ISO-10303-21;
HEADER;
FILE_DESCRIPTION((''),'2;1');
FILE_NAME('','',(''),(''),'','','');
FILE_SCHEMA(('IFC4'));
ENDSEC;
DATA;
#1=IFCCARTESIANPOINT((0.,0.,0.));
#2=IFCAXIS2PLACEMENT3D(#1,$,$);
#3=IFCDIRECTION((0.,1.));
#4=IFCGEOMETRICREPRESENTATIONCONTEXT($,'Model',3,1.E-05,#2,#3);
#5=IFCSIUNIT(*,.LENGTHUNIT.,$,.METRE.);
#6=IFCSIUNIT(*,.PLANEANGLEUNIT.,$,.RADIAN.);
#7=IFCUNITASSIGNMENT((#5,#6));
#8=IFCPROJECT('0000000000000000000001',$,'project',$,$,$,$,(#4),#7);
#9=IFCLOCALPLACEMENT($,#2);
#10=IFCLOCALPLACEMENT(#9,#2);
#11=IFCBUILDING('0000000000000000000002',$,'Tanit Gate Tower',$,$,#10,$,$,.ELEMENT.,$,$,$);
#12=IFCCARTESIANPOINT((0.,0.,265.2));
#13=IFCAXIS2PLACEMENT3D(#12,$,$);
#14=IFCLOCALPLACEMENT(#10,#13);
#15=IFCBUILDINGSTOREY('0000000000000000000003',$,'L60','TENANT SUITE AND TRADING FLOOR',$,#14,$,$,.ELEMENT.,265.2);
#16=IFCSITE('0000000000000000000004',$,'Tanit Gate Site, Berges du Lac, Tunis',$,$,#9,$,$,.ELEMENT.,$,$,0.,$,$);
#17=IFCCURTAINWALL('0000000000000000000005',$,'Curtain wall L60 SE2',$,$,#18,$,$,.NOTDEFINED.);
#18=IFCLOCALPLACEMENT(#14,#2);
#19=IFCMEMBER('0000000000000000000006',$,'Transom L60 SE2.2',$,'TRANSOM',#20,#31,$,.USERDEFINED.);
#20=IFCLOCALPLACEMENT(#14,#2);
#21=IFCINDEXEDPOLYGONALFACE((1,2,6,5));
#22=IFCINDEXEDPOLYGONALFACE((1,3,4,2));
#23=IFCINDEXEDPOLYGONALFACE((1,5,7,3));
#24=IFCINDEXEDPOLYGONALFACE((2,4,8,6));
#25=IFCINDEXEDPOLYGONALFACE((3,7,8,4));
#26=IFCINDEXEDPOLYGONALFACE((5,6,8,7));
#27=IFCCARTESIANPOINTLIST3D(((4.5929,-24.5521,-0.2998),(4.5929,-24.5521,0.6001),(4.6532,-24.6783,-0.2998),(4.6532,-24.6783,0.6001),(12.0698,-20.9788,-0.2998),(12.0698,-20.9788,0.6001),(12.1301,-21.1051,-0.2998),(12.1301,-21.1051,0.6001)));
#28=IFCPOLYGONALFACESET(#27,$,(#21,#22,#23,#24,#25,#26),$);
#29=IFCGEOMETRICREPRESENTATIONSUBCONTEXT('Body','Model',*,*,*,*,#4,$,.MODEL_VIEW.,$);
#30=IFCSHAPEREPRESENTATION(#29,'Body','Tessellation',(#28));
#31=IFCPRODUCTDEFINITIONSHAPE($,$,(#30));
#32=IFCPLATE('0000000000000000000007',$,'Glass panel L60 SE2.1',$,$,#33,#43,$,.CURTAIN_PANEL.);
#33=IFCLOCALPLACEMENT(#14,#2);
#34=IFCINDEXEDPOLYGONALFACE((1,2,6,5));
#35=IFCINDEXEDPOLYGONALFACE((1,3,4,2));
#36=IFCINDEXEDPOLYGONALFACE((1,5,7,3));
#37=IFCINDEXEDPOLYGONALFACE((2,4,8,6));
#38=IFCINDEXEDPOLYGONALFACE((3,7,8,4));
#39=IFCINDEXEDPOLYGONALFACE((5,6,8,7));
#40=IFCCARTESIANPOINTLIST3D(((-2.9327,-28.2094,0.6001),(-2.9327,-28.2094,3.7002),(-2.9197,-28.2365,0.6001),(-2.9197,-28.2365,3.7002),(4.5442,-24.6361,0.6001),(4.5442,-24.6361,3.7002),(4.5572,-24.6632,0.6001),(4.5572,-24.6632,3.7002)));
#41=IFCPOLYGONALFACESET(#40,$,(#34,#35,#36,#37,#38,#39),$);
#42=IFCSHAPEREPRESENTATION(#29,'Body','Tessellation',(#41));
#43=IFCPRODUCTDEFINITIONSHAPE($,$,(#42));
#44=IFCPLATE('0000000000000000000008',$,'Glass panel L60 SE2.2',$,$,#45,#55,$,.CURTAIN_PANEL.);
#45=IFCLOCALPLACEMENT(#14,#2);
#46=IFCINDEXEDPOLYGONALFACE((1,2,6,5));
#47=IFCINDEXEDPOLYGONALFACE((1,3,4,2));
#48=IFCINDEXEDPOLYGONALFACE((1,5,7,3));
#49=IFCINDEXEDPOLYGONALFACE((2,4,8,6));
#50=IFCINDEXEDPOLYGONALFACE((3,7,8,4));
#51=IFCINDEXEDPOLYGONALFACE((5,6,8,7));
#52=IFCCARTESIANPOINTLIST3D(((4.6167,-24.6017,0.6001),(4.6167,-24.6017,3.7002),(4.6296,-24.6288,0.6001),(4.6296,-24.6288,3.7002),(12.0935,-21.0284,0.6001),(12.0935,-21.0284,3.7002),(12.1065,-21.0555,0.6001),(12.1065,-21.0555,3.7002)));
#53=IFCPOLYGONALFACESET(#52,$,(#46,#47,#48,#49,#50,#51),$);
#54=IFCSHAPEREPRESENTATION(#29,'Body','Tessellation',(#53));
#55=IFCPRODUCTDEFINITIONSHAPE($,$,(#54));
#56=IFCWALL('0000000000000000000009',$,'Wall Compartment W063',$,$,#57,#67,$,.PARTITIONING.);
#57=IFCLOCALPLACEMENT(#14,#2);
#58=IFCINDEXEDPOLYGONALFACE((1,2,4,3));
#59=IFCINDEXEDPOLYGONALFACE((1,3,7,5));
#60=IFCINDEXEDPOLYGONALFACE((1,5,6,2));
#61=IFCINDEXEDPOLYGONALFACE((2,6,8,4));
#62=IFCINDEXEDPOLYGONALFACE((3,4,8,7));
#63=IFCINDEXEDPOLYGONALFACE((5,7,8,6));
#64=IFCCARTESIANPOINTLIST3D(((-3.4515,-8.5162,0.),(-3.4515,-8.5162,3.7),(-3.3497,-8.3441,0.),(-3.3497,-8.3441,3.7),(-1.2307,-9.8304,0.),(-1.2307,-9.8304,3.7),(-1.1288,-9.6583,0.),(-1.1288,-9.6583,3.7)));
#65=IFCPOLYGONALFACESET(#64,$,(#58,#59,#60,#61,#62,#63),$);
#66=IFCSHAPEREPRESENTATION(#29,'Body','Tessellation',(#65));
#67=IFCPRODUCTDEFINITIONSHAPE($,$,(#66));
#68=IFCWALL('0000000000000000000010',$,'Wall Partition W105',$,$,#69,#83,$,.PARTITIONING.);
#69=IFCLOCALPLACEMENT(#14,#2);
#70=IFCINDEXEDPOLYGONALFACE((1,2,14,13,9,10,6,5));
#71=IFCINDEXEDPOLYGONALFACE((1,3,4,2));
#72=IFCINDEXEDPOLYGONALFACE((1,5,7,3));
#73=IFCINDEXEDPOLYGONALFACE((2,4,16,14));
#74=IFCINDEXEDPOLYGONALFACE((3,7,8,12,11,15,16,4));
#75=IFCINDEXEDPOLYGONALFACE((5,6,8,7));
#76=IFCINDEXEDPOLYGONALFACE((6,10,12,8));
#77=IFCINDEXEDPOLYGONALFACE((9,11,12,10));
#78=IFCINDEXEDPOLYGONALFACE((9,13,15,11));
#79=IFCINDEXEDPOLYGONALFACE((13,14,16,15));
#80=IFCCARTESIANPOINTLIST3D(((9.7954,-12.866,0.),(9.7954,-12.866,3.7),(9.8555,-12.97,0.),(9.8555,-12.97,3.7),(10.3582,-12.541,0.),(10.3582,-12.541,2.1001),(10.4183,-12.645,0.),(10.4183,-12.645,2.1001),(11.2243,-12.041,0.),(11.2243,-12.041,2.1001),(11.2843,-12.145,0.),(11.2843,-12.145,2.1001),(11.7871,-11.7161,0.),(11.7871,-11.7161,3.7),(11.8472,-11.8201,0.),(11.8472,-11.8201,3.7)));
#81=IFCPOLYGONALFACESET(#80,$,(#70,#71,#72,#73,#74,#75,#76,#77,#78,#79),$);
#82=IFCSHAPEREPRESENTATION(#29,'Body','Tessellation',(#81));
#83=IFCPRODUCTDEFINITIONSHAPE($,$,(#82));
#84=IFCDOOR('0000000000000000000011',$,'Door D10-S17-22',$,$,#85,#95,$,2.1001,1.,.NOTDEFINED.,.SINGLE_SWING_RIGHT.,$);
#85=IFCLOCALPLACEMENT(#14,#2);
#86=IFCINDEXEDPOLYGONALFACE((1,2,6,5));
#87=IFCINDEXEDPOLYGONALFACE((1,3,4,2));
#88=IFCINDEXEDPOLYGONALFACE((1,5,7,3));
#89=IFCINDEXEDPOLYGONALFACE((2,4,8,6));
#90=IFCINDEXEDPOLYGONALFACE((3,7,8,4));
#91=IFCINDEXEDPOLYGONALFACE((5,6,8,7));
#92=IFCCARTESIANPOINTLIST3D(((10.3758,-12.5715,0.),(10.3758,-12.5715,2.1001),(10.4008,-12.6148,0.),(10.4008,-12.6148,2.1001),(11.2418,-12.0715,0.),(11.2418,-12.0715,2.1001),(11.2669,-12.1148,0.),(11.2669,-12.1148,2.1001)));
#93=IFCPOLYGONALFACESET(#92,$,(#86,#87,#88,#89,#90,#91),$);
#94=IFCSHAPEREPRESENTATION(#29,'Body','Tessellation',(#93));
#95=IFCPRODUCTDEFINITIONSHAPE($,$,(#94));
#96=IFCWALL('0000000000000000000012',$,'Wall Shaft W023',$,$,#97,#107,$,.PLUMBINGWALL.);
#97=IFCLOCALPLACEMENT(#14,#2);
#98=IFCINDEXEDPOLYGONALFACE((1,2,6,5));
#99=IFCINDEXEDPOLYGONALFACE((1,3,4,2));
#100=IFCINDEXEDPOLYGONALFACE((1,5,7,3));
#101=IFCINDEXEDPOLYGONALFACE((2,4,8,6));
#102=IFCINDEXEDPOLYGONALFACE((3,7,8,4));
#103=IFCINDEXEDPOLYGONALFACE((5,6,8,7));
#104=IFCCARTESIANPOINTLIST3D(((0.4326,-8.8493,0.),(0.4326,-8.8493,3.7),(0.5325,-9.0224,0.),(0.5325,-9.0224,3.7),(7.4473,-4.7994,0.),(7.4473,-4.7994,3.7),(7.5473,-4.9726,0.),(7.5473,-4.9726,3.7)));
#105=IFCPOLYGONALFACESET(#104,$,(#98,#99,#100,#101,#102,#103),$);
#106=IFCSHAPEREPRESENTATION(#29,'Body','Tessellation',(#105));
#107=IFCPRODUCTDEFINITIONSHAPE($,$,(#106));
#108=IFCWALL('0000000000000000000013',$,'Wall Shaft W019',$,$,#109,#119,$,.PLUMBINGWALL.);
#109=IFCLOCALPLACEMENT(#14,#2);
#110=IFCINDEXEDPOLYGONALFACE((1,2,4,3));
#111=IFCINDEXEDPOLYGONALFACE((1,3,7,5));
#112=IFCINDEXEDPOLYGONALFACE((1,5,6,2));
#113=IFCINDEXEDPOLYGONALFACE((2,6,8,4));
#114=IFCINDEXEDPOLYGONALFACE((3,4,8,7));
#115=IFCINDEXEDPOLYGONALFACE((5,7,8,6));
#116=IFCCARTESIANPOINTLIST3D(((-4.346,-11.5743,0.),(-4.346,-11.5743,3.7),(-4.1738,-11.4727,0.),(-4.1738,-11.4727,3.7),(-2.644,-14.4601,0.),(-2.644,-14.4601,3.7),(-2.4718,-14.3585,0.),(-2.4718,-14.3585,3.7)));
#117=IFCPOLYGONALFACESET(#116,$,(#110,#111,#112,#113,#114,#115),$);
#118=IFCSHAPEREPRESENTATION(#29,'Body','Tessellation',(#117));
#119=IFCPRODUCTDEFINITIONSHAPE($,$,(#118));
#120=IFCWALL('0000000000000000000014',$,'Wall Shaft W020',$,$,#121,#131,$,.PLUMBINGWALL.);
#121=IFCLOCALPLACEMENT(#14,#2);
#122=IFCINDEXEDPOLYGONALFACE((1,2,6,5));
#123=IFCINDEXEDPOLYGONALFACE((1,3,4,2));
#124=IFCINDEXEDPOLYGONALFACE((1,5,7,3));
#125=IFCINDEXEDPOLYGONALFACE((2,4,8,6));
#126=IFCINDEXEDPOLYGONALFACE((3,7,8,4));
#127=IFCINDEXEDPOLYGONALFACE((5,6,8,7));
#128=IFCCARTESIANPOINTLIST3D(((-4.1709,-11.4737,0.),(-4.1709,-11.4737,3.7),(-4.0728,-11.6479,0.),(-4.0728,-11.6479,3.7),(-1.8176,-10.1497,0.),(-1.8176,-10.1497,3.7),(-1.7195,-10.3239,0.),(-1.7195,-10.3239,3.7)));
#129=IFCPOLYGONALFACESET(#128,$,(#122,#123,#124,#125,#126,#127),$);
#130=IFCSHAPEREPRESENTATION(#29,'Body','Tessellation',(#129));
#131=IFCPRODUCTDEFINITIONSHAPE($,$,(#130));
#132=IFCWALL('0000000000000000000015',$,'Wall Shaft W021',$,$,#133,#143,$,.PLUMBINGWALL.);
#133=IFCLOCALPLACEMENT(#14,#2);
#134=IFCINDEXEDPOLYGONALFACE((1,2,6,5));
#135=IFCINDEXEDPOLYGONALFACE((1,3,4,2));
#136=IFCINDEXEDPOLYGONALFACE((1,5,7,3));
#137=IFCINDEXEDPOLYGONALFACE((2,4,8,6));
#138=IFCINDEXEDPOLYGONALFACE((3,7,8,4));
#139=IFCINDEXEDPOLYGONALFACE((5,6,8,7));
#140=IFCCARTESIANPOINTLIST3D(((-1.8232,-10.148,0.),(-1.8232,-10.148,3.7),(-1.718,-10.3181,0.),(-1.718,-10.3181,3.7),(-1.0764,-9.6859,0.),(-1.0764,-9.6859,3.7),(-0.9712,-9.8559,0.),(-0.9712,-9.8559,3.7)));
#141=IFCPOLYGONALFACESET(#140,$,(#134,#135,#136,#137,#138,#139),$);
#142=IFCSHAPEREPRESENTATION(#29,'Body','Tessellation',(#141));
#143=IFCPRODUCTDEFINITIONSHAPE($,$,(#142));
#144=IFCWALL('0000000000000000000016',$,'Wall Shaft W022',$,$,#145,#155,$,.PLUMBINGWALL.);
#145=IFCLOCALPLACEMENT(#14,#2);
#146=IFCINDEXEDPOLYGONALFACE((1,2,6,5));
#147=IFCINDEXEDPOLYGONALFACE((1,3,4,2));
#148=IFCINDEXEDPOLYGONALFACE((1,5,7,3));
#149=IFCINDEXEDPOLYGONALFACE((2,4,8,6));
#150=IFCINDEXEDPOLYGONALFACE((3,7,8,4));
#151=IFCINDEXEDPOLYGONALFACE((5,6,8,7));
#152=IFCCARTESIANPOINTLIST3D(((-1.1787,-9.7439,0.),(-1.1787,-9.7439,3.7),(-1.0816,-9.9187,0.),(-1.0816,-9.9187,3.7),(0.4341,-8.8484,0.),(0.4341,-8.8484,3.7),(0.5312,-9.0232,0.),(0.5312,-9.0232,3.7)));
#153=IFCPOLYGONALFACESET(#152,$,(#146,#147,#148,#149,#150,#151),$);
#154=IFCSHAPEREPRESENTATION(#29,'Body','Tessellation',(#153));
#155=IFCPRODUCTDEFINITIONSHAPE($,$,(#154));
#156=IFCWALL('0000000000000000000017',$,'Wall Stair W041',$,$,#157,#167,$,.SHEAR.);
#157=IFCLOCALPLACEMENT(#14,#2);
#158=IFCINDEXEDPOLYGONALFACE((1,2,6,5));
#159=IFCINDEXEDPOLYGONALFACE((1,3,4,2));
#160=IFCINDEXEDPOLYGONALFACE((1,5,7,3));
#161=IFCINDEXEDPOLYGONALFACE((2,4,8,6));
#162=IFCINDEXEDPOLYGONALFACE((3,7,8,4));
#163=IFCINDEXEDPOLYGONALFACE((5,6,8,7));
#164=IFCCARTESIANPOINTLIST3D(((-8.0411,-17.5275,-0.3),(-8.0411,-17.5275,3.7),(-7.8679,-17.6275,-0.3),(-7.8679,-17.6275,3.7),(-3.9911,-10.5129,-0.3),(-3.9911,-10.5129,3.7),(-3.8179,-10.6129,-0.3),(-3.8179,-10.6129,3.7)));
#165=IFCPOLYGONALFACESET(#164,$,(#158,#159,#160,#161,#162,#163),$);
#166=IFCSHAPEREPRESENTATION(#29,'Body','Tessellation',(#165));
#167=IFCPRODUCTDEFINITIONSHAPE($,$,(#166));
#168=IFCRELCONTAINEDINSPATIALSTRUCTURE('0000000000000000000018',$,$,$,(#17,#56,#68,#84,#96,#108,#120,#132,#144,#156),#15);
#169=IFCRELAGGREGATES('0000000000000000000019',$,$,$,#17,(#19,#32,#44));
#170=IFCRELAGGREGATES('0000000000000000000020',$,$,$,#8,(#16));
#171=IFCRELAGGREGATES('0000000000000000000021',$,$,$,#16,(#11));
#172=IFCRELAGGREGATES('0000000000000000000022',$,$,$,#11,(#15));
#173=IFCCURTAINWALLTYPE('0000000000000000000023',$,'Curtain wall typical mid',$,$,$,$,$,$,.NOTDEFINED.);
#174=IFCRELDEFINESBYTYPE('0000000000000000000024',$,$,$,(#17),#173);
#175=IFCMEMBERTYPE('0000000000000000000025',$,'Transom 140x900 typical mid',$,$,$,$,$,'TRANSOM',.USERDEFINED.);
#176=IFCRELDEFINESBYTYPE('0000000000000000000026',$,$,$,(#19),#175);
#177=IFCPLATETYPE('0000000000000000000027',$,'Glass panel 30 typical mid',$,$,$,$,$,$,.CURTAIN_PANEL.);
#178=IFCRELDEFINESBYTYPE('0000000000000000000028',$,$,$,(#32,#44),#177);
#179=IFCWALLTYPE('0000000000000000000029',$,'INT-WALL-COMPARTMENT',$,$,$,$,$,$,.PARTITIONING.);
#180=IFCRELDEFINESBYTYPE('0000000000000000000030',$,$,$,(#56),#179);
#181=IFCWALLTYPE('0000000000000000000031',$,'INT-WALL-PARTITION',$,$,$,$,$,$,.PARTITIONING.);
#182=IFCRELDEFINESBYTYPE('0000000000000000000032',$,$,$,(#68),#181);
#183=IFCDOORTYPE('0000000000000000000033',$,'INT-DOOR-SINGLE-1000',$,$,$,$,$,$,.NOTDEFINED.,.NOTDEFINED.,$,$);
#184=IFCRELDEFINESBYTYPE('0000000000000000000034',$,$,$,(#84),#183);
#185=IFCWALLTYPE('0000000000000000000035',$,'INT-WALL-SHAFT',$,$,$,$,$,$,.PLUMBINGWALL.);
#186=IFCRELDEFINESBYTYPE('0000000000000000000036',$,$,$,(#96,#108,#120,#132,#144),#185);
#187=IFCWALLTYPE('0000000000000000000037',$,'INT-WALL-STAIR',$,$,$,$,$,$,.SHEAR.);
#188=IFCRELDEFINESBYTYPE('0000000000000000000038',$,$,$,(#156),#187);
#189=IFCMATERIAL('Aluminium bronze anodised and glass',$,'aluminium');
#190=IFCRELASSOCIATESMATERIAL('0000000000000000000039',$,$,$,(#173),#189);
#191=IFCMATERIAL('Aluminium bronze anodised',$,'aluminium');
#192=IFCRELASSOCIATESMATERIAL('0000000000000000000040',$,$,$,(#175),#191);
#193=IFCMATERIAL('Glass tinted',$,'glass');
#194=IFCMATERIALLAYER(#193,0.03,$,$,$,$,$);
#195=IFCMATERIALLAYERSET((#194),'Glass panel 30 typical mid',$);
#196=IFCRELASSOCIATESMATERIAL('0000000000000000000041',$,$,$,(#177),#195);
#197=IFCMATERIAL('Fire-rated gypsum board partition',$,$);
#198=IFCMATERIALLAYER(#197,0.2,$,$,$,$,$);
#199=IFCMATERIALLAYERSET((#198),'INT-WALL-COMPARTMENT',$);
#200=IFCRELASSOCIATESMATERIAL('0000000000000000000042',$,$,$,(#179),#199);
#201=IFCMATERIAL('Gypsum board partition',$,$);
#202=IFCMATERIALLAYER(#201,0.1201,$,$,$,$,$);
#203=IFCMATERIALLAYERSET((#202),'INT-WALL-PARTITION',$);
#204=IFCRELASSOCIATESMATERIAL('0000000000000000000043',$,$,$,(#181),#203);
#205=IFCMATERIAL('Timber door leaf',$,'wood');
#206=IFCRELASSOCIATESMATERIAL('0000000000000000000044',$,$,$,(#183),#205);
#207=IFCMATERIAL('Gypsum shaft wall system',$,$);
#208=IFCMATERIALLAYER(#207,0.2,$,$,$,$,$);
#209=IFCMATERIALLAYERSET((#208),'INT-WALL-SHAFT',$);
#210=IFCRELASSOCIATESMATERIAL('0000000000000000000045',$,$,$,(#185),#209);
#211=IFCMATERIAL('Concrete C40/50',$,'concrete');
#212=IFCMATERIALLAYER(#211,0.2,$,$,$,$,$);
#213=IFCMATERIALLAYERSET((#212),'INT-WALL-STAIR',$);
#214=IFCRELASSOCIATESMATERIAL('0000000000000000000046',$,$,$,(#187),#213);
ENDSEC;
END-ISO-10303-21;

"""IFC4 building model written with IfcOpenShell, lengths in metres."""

from ifc_helpers import new_model, si_unit, direction, frame, frame_2d, origin, origin_2d, place, context, subcontext, project, spatial, rectangle, extrude, material, layer, layer_set, material_profile, profile_set, type_object, element, fill, aggregate, save


model = new_model("IFC4")

# Units and contexts
model_context = context("Model", 3, precision=1e-05, world=origin(), true_north=direction((0.0, 1.0)))
body_context = subcontext(model_context, "Body", "Model", "MODEL_VIEW")
ifc_project = project(units=[si_unit("LENGTHUNIT", "METRE"), si_unit("PLANEANGLEUNIT", "RADIAN")], contexts=[model_context])

# Site, building, storey
site_placement = place(None, origin())
site = spatial("IfcSite", under=ifc_project, at=site_placement, Name="Tanit Gate Site, Berges du Lac, Tunis", CompositionType="ELEMENT", RefElevation=0.0)
building_placement = place(site_placement, origin())
building = spatial("IfcBuilding", under=site, at=building_placement, Name="Tanit Gate Tower", CompositionType="ELEMENT")
storey_placement = place(building_placement, frame((0.0, 0.0, 265.2)))
storey = spatial("IfcBuildingStorey", under=building, at=storey_placement, Name="L60", Description="TENANT SUITE AND TRADING FLOOR", CompositionType="ELEMENT", Elevation=265.2)

# Curtain wall
ifc_material_1 = material(Name="Aluminium bronze anodised and glass", Category="aluminium")
curtain_wall_type = type_object("IfcCurtainWallType", Name="Curtain wall typical mid", PredefinedType="NOTDEFINED", material=ifc_material_1)
curtain_wall_1_placement = place(storey_placement, origin())
curtain_wall_1 = element("IfcCurtainWall", 1, at=curtain_wall_1_placement, inside=storey, type_object=curtain_wall_type, Name="Curtain wall L60 SE2", PredefinedType="NOTDEFINED")

# Member
ifc_material_2 = material(Name="Aluminium bronze anodised", Category="aluminium")
ifc_material_profile_1 = material_profile(ifc_material_2, rectangle(XDim=0.1399, YDim=0.8999, at=origin_2d()), Name="140x900 bronze transom")
ifc_profile_set_1 = profile_set([ifc_material_profile_1], Name="Aluminium bronze anodised")
member_type_1 = type_object("IfcMemberType", Name="Transom 140x900 typical mid", ElementType="TRANSOM", PredefinedType="USERDEFINED", material=ifc_profile_set_1)
member_1_placement = place(storey_placement, frame((4.623, -24.6152, 0.1501), z_axis=(0.902257, 0.431198, 0.0), x_axis=(-0.431198, 0.902257, 0.0)))
member_1 = element("IfcMember", 2, at=member_1_placement, type_object=member_type_1, Name="Transom L60 SE2.2", ObjectType="TRANSOM", PredefinedType="USERDEFINED", context=body_context, shape_type="SweptSolid", body=[
    extrude(rectangle(XDim=0.1399, YDim=0.8999, at=origin_2d()), origin(), (0.0, 0.0, 1.0), 8.2869),
])

# Plates
ifc_material_3 = material(Name="Glass tinted", Category="glass")
ifc_layer_1 = layer(ifc_material_3, 0.03)
ifc_layer_set_1 = layer_set([ifc_layer_1], Name="Glass panel 30 typical mid")
plate_type = type_object("IfcPlateType", Name="Glass panel 30 typical mid", PredefinedType="CURTAIN_PANEL", material=ifc_layer_set_1)
plate_1_placement = place(storey_placement, frame((0.8123, -26.4363, 0.6001), z_axis=(0.0, 0.0, 1.0), x_axis=(0.902258, 0.431197, 0.0)))
plate_1 = element("IfcPlate", 3, at=plate_1_placement, type_object=plate_type, Name="Glass panel L60 SE2.1", PredefinedType="CURTAIN_PANEL", context=body_context, shape_type="SweptSolid", body=[
    extrude(rectangle(XDim=8.2869, YDim=0.03, at=origin_2d()), origin(), (0.0, 0.0, 1.0), 3.1001),
])
plate_2_placement = place(storey_placement, frame((8.3616, -22.8286, 0.6001), z_axis=(0.0, 0.0, 1.0), x_axis=(0.902258, 0.431197, 0.0)))
plate_2 = element("IfcPlate", 4, at=plate_2_placement, type_object=plate_type, Name="Glass panel L60 SE2.2", PredefinedType="CURTAIN_PANEL", context=body_context, shape_type="SweptSolid", body=[
    extrude(rectangle(XDim=8.2869, YDim=0.03, at=origin_2d()), origin(), (0.0, 0.0, 1.0), 3.1001),
])
aggregate(curtain_wall_1, [member_1, plate_1, plate_2])

# Wall
ifc_material_4 = material(Name="Fire-rated gypsum board partition")
ifc_layer_2 = layer(ifc_material_4, 0.2)
ifc_layer_set_2 = layer_set([ifc_layer_2], Name="INT-WALL-COMPARTMENT")
wall_type_1 = type_object("IfcWallType", Name="INT-WALL-COMPARTMENT", PredefinedType="PARTITIONING", material=ifc_layer_set_2)
wall_1_placement = place(storey_placement, frame((-3.4006, -8.4302, 0.0), z_axis=(0.0, 0.0, 1.0), x_axis=(0.860616, -0.509255, 0.0)))
element("IfcWall", 5, at=wall_1_placement, inside=storey, type_object=wall_type_1, Name="Wall Compartment W063", PredefinedType="PARTITIONING", context=body_context, shape_type="SweptSolid", body=[
    extrude(rectangle(XDim=2.5806, YDim=0.2, at=frame_2d((1.2903, 0.0))), origin(), (0.0, 0.0, 1.0), 3.7),
])

# Wall, opening, door
ifc_material_5 = material(Name="Gypsum board partition")
ifc_layer_3 = layer(ifc_material_5, 0.1201)
ifc_layer_set_3 = layer_set([ifc_layer_3], Name="INT-WALL-PARTITION")
wall_type_2 = type_object("IfcWallType", Name="INT-WALL-PARTITION", PredefinedType="PARTITIONING", material=ifc_layer_set_3)
wall_2_placement = place(storey_placement, frame((9.8254, -12.918, 0.0), z_axis=(0.0, 0.0, 1.0), x_axis=(0.866026, 0.499998, 0.0)))
wall_2 = element("IfcWall", 6, at=wall_2_placement, inside=storey, type_object=wall_type_2, Name="Wall Partition W105", PredefinedType="PARTITIONING", context=body_context, shape_type="SweptSolid", body=[
    extrude(rectangle(XDim=2.2998, YDim=0.1201, at=frame_2d((1.1499, 0.0))), origin(), (0.0, 0.0, 1.0), 3.7),
])
opening_placement = place(wall_2_placement, frame((0.6499, 0.0, 0.0)))
opening = element("IfcOpeningElement", 7, at=opening_placement, cuts=wall_2, PredefinedType="OPENING", context=body_context, shape_type="SweptSolid", body=[
    extrude(rectangle(XDim=1.0, YDim=2.1001, at=frame_2d((0.5, 1.05))), frame((0.0, 0.0701, 0.0), z_axis=(0.0, -1.0, 0.0), x_axis=(1.0, 0.0, 0.0)), (0.0, 0.0, 1.0), 0.1401),
])
ifc_material_6 = material(Name="Timber door leaf", Category="wood")
door_type = type_object("IfcDoorType", Name="INT-DOOR-SINGLE-1000", OperationType="NOTDEFINED", PredefinedType="NOTDEFINED", material=ifc_material_6)
door_placement = place(opening_placement, origin())
door = element("IfcDoor", 8, at=door_placement, inside=storey, type_object=door_type, Name="Door D10-S17-22", OperationType="SINGLE_SWING_RIGHT", OverallHeight=2.1001, OverallWidth=1.0, PredefinedType="NOTDEFINED", context=body_context, shape_type="SweptSolid", body=[
    extrude(rectangle(XDim=1.0, YDim=2.1001, at=frame_2d((0.5, 1.05))), frame((0.0, 0.0249, 0.0), z_axis=(0.0, -1.0, 0.0), x_axis=(1.0, 0.0, 0.0)), (0.0, 0.0, 1.0), 0.05),
])
fill(opening, door)

# Walls
ifc_material_7 = material(Name="Gypsum shaft wall system")
ifc_layer_4 = layer(ifc_material_7, 0.2)
ifc_layer_set_4 = layer_set([ifc_layer_4], Name="INT-WALL-SHAFT")
wall_type_3 = type_object("IfcWallType", Name="INT-WALL-SHAFT", PredefinedType="PLUMBINGWALL", material=ifc_layer_set_4)
wall_3_placement = place(storey_placement, frame((0.4827, -8.9358, 0.0), z_axis=(0.0, 0.0, 1.0), x_axis=(0.866031, 0.49999, 0.0)))
element("IfcWall", 9, at=wall_3_placement, inside=storey, type_object=wall_type_3, Name="Wall Shaft W023", PredefinedType="PLUMBINGWALL", context=body_context, shape_type="SweptSolid", body=[
    extrude(rectangle(XDim=8.0999, YDim=0.2, at=frame_2d((4.0498, 0.0))), origin(), (0.0, 0.0, 1.0), 3.7),
])
wall_4_placement = place(storey_placement, frame((-2.5579, -14.4094, 0.0), z_axis=(0.0, 0.0, 1.0), x_axis=(-0.507997, 0.861359, 0.0)))
element("IfcWall", 10, at=wall_4_placement, inside=storey, type_object=wall_type_3, Name="Wall Shaft W019", PredefinedType="PLUMBINGWALL", context=body_context, shape_type="SweptSolid", body=[
    extrude(rectangle(XDim=3.3503, YDim=0.2, at=frame_2d((1.6753, 0.0))), origin(), (0.0, 0.0, 1.0), 3.7),
])
wall_5_placement = place(storey_placement, frame((-1.7686, -10.2368, 0.0), z_axis=(0.0, 0.0, 1.0), x_axis=(-0.871534, -0.490334, 0.0)))
element("IfcWall", 11, at=wall_5_placement, inside=storey, type_object=wall_type_3, Name="Wall Shaft W020", PredefinedType="PLUMBINGWALL", context=body_context, shape_type="SweptSolid", body=[
    extrude(rectangle(XDim=2.7002, YDim=0.2, at=frame_2d((1.3501, 0.0))), origin(), (0.0, 0.0, 1.0), 3.7),
])
wall_6_placement = place(storey_placement, frame((-1.0239, -9.771, 0.0), z_axis=(0.0, 0.0, 1.0), x_axis=(-0.850348, -0.526221, 0.0)))
element("IfcWall", 12, at=wall_6_placement, inside=storey, type_object=wall_type_3, Name="Wall Shaft W021", PredefinedType="PLUMBINGWALL", context=body_context, shape_type="SweptSolid", body=[
    extrude(rectangle(XDim=0.8782, YDim=0.2, at=frame_2d((0.439, 0.0))), origin(), (0.0, 0.0, 1.0), 3.7),
])
wall_7_placement = place(storey_placement, frame((-1.1301, -9.8313, 0.0), z_axis=(0.0, 0.0, 1.0), x_axis=(0.87427, 0.485441, 0.0)))
element("IfcWall", 13, at=wall_7_placement, inside=storey, type_object=wall_type_3, Name="Wall Shaft W022", PredefinedType="PLUMBINGWALL", context=body_context, shape_type="SweptSolid", body=[
    extrude(rectangle(XDim=1.8447, YDim=0.2, at=frame_2d((0.9224, 0.0))), origin(), (0.0, 0.0, 1.0), 3.7),
])
ifc_material_8 = material(Name="Concrete C40/50", Category="concrete")
ifc_layer_5 = layer(ifc_material_8, 0.2)
ifc_layer_set_5 = layer_set([ifc_layer_5], Name="INT-WALL-STAIR")
wall_type_4 = type_object("IfcWallType", Name="INT-WALL-STAIR", PredefinedType="SHEAR", material=ifc_layer_set_5)
wall_8_placement = place(storey_placement, frame((-3.9045, -10.563, -0.3), z_axis=(0.0, 0.0, 1.0), x_axis=(-0.500013, -0.866018, 0.0)))
element("IfcWall", 14, at=wall_8_placement, inside=storey, type_object=wall_type_4, Name="Wall Stair W041", PredefinedType="SHEAR", context=body_context, shape_type="SweptSolid", body=[
    extrude(rectangle(XDim=8.0999, YDim=0.2, at=frame_2d((4.0498, 0.0))), origin(), (0.0, 0.0, 1.0), 4.0),
])

save(model, "model.ifc")
